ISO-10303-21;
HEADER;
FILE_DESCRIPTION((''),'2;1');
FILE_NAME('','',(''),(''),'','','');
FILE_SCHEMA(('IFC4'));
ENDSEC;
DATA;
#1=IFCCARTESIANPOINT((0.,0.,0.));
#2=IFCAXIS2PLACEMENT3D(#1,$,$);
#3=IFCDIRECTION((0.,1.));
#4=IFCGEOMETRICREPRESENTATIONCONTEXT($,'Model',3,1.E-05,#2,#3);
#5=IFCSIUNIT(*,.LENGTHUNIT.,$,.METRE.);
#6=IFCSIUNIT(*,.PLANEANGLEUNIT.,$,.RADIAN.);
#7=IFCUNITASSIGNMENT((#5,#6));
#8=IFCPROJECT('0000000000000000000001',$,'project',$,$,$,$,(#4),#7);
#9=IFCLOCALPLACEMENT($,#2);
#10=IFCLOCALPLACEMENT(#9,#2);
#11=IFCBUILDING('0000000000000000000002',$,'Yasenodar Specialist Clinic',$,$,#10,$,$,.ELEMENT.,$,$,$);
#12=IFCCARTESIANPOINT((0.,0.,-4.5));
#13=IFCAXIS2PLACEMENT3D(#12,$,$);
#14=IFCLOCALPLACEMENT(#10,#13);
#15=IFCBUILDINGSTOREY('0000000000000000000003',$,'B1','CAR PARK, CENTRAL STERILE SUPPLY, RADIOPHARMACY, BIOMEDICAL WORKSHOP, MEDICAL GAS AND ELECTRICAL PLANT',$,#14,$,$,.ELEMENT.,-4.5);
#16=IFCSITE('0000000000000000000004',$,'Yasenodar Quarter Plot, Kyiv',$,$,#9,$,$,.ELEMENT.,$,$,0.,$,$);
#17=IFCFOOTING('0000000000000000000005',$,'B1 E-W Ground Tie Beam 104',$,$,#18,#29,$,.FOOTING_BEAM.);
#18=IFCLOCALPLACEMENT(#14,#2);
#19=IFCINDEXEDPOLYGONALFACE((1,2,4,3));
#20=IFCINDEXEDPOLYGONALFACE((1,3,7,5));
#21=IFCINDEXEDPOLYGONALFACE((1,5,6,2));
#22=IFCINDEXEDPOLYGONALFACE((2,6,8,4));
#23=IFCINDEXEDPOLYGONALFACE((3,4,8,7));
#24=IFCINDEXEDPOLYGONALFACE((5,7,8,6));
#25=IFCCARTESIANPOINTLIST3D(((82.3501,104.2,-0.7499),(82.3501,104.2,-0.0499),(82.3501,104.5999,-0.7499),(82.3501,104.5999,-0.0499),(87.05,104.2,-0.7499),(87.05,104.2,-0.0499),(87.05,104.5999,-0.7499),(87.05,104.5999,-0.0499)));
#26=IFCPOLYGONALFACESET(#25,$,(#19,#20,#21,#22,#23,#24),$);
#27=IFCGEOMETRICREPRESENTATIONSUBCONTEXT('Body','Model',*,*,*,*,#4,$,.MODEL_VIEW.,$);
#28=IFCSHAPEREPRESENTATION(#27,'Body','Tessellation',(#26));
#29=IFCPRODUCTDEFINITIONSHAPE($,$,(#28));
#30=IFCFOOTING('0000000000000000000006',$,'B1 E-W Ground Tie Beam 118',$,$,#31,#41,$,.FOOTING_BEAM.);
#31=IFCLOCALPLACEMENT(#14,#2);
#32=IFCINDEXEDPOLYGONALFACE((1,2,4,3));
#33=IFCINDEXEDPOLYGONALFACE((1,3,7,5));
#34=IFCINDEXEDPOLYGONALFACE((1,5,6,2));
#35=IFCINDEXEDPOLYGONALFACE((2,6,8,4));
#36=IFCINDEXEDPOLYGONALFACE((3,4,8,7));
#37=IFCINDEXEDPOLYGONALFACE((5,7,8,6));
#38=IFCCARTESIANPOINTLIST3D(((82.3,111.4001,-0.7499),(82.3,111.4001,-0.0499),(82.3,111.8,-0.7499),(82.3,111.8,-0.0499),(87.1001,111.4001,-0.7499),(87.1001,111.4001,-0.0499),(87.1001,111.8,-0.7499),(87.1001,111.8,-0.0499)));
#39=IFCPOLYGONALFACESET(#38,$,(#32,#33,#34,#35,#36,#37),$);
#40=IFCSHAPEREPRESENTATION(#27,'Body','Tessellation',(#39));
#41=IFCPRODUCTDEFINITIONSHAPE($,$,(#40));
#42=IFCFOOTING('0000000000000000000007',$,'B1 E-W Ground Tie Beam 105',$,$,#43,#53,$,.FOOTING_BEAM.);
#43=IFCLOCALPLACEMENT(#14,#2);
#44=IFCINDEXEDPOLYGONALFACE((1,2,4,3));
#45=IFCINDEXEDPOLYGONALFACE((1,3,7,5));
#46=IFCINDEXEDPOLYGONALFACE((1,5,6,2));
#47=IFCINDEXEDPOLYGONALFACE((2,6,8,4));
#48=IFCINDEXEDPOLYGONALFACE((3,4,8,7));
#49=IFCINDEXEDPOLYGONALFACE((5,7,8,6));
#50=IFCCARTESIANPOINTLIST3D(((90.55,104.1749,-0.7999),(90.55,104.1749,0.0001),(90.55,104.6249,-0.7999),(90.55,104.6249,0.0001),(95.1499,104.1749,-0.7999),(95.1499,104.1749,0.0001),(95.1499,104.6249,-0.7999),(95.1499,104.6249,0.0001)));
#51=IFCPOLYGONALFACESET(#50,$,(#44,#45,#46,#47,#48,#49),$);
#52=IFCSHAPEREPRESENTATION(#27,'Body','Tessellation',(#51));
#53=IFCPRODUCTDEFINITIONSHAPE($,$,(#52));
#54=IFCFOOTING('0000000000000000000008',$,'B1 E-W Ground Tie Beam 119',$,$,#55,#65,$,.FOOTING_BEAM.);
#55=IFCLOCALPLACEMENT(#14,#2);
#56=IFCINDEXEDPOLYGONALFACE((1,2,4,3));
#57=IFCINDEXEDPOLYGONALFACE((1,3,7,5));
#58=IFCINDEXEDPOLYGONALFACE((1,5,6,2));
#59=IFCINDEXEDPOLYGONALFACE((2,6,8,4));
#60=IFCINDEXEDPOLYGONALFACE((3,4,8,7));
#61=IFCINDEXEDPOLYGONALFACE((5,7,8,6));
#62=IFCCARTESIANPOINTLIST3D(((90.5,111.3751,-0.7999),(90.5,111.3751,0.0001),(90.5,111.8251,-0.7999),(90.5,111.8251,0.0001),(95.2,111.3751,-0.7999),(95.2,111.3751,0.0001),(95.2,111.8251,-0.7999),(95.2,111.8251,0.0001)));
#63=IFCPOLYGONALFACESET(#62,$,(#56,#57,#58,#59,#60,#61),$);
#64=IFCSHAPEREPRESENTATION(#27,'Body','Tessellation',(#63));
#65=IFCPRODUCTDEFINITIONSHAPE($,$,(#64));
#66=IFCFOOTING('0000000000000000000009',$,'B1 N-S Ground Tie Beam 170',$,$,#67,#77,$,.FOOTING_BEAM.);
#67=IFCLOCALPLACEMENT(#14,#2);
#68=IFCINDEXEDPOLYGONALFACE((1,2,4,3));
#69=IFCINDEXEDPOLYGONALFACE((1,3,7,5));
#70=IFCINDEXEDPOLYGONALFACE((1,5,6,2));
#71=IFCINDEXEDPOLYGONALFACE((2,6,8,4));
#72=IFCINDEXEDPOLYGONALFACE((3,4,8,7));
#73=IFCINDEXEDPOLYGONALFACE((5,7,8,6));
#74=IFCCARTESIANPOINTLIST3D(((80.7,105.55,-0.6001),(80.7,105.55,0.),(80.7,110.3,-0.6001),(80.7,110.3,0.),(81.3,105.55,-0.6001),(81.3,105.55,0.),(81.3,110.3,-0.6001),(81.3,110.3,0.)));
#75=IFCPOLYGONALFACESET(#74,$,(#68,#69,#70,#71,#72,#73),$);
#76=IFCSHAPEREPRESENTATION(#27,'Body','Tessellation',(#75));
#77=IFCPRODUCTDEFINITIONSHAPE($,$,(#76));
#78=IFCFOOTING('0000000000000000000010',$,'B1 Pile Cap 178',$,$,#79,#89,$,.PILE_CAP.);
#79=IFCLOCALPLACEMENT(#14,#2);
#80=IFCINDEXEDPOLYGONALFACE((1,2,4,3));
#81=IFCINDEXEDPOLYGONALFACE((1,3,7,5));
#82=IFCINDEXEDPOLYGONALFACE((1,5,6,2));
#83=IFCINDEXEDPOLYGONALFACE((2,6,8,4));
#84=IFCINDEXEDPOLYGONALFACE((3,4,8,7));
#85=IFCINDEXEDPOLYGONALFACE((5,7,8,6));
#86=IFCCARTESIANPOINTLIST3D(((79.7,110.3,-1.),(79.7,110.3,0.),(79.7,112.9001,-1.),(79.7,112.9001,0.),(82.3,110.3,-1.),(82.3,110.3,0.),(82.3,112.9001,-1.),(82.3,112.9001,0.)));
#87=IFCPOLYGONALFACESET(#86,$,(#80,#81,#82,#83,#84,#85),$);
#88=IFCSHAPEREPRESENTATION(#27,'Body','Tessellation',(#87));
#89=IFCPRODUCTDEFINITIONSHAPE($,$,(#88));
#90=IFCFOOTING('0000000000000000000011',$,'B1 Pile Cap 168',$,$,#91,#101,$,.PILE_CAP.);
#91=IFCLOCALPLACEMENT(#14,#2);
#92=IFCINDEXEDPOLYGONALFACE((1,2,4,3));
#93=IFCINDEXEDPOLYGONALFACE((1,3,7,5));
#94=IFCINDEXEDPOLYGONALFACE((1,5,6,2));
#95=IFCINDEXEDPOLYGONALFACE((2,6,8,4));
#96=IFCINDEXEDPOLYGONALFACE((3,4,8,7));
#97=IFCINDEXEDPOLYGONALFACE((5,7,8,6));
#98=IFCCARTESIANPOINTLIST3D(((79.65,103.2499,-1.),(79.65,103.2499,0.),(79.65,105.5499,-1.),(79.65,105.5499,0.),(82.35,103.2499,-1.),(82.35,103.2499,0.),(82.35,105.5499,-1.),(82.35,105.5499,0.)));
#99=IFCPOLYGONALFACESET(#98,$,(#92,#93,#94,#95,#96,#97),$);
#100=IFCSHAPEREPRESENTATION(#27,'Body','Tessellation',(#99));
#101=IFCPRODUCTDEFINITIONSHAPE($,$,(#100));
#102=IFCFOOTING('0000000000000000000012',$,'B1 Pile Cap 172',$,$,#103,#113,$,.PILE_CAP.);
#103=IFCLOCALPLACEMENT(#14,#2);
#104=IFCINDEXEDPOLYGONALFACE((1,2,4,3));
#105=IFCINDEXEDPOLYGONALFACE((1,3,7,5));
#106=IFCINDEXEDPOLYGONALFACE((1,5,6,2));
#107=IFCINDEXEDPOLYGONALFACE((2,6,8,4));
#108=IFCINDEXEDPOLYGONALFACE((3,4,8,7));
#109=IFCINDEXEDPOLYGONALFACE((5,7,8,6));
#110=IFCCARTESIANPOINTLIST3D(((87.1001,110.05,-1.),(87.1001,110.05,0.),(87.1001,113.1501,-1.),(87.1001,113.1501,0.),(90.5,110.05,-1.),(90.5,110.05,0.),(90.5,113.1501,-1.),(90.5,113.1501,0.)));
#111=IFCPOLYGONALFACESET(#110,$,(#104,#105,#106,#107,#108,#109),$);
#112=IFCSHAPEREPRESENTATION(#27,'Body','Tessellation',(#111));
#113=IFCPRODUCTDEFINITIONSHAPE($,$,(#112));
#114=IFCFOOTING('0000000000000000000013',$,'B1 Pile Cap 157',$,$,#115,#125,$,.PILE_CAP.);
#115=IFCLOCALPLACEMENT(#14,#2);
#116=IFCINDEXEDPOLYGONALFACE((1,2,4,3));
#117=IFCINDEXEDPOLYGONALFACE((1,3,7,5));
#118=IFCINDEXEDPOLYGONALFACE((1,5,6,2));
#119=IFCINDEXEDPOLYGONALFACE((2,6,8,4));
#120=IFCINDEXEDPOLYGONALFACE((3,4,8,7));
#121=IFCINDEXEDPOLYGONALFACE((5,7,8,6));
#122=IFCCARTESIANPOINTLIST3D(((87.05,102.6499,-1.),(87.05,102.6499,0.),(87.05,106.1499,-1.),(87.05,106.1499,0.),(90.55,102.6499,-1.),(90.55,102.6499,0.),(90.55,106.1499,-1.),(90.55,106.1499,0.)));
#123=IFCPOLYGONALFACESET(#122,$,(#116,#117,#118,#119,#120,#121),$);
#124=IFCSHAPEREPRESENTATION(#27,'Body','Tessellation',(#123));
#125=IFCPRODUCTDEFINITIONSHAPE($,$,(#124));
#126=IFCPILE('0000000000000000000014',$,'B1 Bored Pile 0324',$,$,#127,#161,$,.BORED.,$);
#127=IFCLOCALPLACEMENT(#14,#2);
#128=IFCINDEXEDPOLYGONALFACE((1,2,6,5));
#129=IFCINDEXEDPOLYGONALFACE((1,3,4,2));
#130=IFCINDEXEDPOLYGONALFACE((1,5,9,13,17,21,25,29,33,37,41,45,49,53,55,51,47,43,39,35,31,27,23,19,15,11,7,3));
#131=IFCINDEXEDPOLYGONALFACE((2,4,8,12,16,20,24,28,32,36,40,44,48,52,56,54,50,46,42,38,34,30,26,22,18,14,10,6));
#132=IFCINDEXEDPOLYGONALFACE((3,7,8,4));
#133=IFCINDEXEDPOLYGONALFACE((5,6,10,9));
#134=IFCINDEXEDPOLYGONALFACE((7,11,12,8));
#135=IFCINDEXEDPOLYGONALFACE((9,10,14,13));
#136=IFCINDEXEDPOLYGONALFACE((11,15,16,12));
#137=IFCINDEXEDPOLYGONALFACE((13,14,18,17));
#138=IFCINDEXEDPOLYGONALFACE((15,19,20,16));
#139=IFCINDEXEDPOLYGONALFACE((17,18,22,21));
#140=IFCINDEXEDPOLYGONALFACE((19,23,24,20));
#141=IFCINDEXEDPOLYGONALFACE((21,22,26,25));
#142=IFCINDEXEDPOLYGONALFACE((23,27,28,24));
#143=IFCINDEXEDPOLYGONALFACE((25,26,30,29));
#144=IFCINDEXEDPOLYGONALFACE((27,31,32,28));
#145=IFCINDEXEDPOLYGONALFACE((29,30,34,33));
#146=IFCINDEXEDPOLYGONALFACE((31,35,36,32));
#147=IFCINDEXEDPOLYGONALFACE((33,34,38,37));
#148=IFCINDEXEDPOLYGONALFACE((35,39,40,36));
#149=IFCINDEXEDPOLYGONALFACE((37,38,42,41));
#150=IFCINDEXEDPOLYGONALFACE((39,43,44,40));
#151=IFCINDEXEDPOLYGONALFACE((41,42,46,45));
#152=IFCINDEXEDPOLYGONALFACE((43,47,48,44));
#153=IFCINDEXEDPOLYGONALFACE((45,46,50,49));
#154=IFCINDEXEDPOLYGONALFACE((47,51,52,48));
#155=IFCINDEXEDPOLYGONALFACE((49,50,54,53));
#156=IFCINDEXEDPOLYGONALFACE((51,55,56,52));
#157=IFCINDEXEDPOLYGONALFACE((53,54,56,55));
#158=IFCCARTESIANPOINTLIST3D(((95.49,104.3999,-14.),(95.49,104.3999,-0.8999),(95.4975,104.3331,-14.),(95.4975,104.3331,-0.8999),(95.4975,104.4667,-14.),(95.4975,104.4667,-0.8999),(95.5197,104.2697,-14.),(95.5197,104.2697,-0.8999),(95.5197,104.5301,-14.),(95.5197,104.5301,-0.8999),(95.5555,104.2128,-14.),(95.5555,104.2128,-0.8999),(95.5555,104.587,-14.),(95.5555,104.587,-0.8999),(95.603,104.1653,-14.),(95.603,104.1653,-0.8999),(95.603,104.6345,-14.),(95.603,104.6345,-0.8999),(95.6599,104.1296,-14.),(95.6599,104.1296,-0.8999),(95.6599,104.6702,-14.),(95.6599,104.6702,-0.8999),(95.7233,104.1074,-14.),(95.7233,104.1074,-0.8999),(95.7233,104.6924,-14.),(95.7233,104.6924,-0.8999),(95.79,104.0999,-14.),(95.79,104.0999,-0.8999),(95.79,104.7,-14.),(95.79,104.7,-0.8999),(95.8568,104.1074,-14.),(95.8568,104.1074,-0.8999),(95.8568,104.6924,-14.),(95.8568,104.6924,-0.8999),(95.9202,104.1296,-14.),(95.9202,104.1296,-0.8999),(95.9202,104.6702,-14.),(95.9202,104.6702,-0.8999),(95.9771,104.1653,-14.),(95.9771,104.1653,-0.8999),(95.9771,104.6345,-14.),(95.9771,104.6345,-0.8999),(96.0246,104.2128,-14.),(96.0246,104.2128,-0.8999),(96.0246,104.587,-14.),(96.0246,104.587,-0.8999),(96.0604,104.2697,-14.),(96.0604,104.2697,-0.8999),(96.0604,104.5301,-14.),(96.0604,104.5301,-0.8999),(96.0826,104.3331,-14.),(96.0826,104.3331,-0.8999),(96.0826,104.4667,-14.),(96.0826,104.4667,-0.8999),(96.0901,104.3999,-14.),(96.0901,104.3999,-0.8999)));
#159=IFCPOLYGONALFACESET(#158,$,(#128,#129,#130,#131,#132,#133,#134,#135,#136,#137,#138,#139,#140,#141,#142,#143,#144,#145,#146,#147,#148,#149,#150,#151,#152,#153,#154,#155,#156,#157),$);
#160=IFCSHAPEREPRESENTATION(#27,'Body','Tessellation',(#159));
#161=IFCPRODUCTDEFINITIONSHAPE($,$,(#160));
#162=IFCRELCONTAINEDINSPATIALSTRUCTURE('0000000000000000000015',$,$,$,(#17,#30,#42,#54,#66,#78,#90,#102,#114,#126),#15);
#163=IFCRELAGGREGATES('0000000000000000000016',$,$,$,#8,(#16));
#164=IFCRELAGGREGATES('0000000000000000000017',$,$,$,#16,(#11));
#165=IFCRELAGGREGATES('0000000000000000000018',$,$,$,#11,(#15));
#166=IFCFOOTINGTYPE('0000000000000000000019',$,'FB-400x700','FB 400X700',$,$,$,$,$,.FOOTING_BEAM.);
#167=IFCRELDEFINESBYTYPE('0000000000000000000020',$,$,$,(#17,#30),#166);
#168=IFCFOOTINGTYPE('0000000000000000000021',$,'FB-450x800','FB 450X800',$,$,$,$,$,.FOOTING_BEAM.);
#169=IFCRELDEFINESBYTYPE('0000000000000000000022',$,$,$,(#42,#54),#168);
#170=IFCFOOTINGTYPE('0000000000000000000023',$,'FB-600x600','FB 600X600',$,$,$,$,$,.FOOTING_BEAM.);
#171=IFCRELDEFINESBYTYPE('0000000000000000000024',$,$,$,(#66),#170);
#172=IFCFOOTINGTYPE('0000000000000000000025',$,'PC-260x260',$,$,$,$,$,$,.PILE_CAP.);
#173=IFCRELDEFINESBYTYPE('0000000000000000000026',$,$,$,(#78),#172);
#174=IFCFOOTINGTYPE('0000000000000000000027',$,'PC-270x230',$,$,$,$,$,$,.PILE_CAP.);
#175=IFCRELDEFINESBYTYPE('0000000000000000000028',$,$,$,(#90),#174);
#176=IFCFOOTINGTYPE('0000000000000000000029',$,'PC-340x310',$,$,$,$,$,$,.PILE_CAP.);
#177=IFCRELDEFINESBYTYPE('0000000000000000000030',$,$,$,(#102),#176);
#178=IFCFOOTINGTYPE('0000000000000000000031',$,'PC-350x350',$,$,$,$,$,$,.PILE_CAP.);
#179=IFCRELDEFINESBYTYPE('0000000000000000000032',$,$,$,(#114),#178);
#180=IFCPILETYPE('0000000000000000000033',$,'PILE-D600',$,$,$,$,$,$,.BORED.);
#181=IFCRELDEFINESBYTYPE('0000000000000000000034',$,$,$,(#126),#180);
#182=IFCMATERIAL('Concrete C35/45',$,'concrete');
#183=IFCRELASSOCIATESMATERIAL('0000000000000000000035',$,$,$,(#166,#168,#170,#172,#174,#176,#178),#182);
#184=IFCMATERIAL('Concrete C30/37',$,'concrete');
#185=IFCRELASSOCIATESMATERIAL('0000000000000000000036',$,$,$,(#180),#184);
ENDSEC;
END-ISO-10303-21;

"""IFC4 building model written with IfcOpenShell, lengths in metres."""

from ifc_helpers import new_model, si_unit, direction, frame, origin, origin_2d, place, context, subcontext, project, spatial, rectangle, circle, extrude, material, material_profile, profile_set, type_object, element, save


model = new_model("IFC4")

# Units and contexts
model_context = context("Model", 3, precision=1e-05, world=origin(), true_north=direction((0.0, 1.0)))
body_context = subcontext(model_context, "Body", "Model", "MODEL_VIEW")
ifc_project = project(units=[si_unit("LENGTHUNIT", "METRE"), si_unit("PLANEANGLEUNIT", "RADIAN")], contexts=[model_context])

# Site, building, storey
site_placement = place(None, origin())
site = spatial("IfcSite", under=ifc_project, at=site_placement, Name="Yasenodar Quarter Plot, Kyiv", CompositionType="ELEMENT", RefElevation=0.0)
building_placement = place(site_placement, origin())
building = spatial("IfcBuilding", under=site, at=building_placement, Name="Yasenodar Specialist Clinic", CompositionType="ELEMENT")
storey_placement = place(building_placement, frame((0.0, 0.0, -4.5)))
storey = spatial("IfcBuildingStorey", under=building, at=storey_placement, Name="B1", Description="CAR PARK, CENTRAL STERILE SUPPLY, RADIOPHARMACY, BIOMEDICAL WORKSHOP, MEDICAL GAS AND ELECTRICAL PLANT", CompositionType="ELEMENT", Elevation=-4.5)

# Footings
ifc_material_1 = material(Name="Concrete C35/45", Category="concrete")
ifc_material_profile_1 = material_profile(ifc_material_1, rectangle(XDim=0.3999, YDim=0.7, at=origin_2d()), Name="RC 400x700")
ifc_profile_set_1 = profile_set([ifc_material_profile_1], Name="Concrete C35/45")
footing_type_1 = type_object("IfcFootingType", Name="FB-400x700", Description="FB 400X700", PredefinedType="FOOTING_BEAM", material=ifc_profile_set_1)
footing_1_placement = place(storey_placement, frame((82.3501, 104.3999, -0.3999), z_axis=(1.0, 0.0, 0.0), x_axis=(0.0, 1.0, 0.0)))
element("IfcFooting", 1, at=footing_1_placement, inside=storey, type_object=footing_type_1, Name="B1 E-W Ground Tie Beam 104", PredefinedType="FOOTING_BEAM", context=body_context, shape_type="SweptSolid", body=[
    extrude(rectangle(XDim=0.3999, YDim=0.7, at=origin_2d()), origin(), (0.0, 0.0, 1.0), 4.7),
])
footing_2_placement = place(storey_placement, frame((82.3, 111.6001, -0.3999), z_axis=(1.0, 0.0, 0.0), x_axis=(0.0, 1.0, 0.0)))
element("IfcFooting", 2, at=footing_2_placement, inside=storey, type_object=footing_type_1, Name="B1 E-W Ground Tie Beam 118", PredefinedType="FOOTING_BEAM", context=body_context, shape_type="SweptSolid", body=[
    extrude(rectangle(XDim=0.3999, YDim=0.7, at=origin_2d()), origin(), (0.0, 0.0, 1.0), 4.8),
])
ifc_material_profile_2 = material_profile(ifc_material_1, rectangle(XDim=0.45, YDim=0.8, at=origin_2d()), Name="RC 450x800")
ifc_profile_set_2 = profile_set([ifc_material_profile_2], Name="Concrete C35/45")
footing_type_2 = type_object("IfcFootingType", Name="FB-450x800", Description="FB 450X800", PredefinedType="FOOTING_BEAM", material=ifc_profile_set_2)
footing_3_placement = place(storey_placement, frame((90.55, 104.3999, -0.3999), z_axis=(1.0, 0.0, 0.0), x_axis=(0.0, 1.0, 0.0)))
element("IfcFooting", 3, at=footing_3_placement, inside=storey, type_object=footing_type_2, Name="B1 E-W Ground Tie Beam 105", PredefinedType="FOOTING_BEAM", context=body_context, shape_type="SweptSolid", body=[
    extrude(rectangle(XDim=0.45, YDim=0.8, at=origin_2d()), origin(), (0.0, 0.0, 1.0), 4.5999),
])
footing_4_placement = place(storey_placement, frame((90.5, 111.6001, -0.3999), z_axis=(1.0, 0.0, 0.0), x_axis=(0.0, 1.0, 0.0)))
element("IfcFooting", 4, at=footing_4_placement, inside=storey, type_object=footing_type_2, Name="B1 E-W Ground Tie Beam 119", PredefinedType="FOOTING_BEAM", context=body_context, shape_type="SweptSolid", body=[
    extrude(rectangle(XDim=0.45, YDim=0.8, at=origin_2d()), origin(), (0.0, 0.0, 1.0), 4.7),
])
ifc_material_profile_3 = material_profile(ifc_material_1, rectangle(XDim=0.6001, YDim=0.6001, at=origin_2d()), Name="RC 600x600")
ifc_profile_set_3 = profile_set([ifc_material_profile_3], Name="Concrete C35/45")
footing_type_3 = type_object("IfcFootingType", Name="FB-600x600", Description="FB 600X600", PredefinedType="FOOTING_BEAM", material=ifc_profile_set_3)
footing_5_placement = place(storey_placement, frame((81.0, 105.55, -0.3), z_axis=(0.0, 1.0, 0.0), x_axis=(-1.0, 0.0, 0.0)))
element("IfcFooting", 5, at=footing_5_placement, inside=storey, type_object=footing_type_3, Name="B1 N-S Ground Tie Beam 170", PredefinedType="FOOTING_BEAM", context=body_context, shape_type="SweptSolid", body=[
    extrude(rectangle(XDim=0.6001, YDim=0.6001, at=origin_2d()), origin(), (0.0, 0.0, 1.0), 4.75),
])
footing_type_4 = type_object("IfcFootingType", Name="PC-260x260", PredefinedType="PILE_CAP", material=ifc_material_1)
footing_6_placement = place(storey_placement, frame((81.0, 111.6001, -1.0), z_axis=(0.0, 0.0, 1.0), x_axis=(1.0, 0.0, 0.0)))
element("IfcFooting", 6, at=footing_6_placement, inside=storey, type_object=footing_type_4, Name="B1 Pile Cap 178", PredefinedType="PILE_CAP", context=body_context, shape_type="SweptSolid", body=[
    extrude(rectangle(XDim=2.6001, YDim=2.6001, at=origin_2d()), origin(), (0.0, 0.0, 1.0), 1.0),
])
footing_type_5 = type_object("IfcFootingType", Name="PC-270x230", PredefinedType="PILE_CAP", material=ifc_material_1)
footing_7_placement = place(storey_placement, frame((81.0, 104.3999, -1.0), z_axis=(0.0, 0.0, 1.0), x_axis=(1.0, 0.0, 0.0)))
element("IfcFooting", 7, at=footing_7_placement, inside=storey, type_object=footing_type_5, Name="B1 Pile Cap 168", PredefinedType="PILE_CAP", context=body_context, shape_type="SweptSolid", body=[
    extrude(rectangle(XDim=2.7, YDim=2.3, at=origin_2d()), origin(), (0.0, 0.0, 1.0), 1.0),
])
footing_type_6 = type_object("IfcFootingType", Name="PC-340x310", PredefinedType="PILE_CAP", material=ifc_material_1)
footing_8_placement = place(storey_placement, frame((88.8, 111.6001, -1.0), z_axis=(0.0, 0.0, 1.0), x_axis=(1.0, 0.0, 0.0)))
element("IfcFooting", 8, at=footing_8_placement, inside=storey, type_object=footing_type_6, Name="B1 Pile Cap 172", PredefinedType="PILE_CAP", context=body_context, shape_type="SweptSolid", body=[
    extrude(rectangle(XDim=3.3999, YDim=3.1001, at=origin_2d()), origin(), (0.0, 0.0, 1.0), 1.0),
])
footing_type_7 = type_object("IfcFootingType", Name="PC-350x350", PredefinedType="PILE_CAP", material=ifc_material_1)
footing_9_placement = place(storey_placement, frame((88.8, 104.3999, -1.0), z_axis=(0.0, 0.0, 1.0), x_axis=(1.0, 0.0, 0.0)))
element("IfcFooting", 9, at=footing_9_placement, inside=storey, type_object=footing_type_7, Name="B1 Pile Cap 157", PredefinedType="PILE_CAP", context=body_context, shape_type="SweptSolid", body=[
    extrude(rectangle(XDim=3.5, YDim=3.5, at=origin_2d()), origin(), (0.0, 0.0, 1.0), 1.0),
])

# Pile
ifc_material_2 = material(Name="Concrete C30/37", Category="concrete")
ifc_material_profile_4 = material_profile(ifc_material_2, circle(Radius=0.3, at=origin_2d()), Name="PILE D600")
ifc_profile_set_4 = profile_set([ifc_material_profile_4], Name="Concrete C30/37")
pile_type_1 = type_object("IfcPileType", Name="PILE-D600", PredefinedType="BORED", material=ifc_profile_set_4)
for number, where, z_axis, x_axis, name in (
    (10, (95.79, 104.3999, -0.8999), (0.0, 0.0, -1.0), (1.0, 0.0, 0.0), "B1 Bored Pile 0324"),
):
    element("IfcPile", number, at=place(storey_placement, frame(where, z_axis=z_axis, x_axis=x_axis)), inside=storey, type_object=pile_type_1, Name=name, PredefinedType="BORED", context=body_context, shape_type="SweptSolid", body=[
        extrude(circle(Radius=0.3, at=origin_2d()), origin(), (0.0, 0.0, 1.0), 13.1001),
    ])

save(model, "model.ifc")
